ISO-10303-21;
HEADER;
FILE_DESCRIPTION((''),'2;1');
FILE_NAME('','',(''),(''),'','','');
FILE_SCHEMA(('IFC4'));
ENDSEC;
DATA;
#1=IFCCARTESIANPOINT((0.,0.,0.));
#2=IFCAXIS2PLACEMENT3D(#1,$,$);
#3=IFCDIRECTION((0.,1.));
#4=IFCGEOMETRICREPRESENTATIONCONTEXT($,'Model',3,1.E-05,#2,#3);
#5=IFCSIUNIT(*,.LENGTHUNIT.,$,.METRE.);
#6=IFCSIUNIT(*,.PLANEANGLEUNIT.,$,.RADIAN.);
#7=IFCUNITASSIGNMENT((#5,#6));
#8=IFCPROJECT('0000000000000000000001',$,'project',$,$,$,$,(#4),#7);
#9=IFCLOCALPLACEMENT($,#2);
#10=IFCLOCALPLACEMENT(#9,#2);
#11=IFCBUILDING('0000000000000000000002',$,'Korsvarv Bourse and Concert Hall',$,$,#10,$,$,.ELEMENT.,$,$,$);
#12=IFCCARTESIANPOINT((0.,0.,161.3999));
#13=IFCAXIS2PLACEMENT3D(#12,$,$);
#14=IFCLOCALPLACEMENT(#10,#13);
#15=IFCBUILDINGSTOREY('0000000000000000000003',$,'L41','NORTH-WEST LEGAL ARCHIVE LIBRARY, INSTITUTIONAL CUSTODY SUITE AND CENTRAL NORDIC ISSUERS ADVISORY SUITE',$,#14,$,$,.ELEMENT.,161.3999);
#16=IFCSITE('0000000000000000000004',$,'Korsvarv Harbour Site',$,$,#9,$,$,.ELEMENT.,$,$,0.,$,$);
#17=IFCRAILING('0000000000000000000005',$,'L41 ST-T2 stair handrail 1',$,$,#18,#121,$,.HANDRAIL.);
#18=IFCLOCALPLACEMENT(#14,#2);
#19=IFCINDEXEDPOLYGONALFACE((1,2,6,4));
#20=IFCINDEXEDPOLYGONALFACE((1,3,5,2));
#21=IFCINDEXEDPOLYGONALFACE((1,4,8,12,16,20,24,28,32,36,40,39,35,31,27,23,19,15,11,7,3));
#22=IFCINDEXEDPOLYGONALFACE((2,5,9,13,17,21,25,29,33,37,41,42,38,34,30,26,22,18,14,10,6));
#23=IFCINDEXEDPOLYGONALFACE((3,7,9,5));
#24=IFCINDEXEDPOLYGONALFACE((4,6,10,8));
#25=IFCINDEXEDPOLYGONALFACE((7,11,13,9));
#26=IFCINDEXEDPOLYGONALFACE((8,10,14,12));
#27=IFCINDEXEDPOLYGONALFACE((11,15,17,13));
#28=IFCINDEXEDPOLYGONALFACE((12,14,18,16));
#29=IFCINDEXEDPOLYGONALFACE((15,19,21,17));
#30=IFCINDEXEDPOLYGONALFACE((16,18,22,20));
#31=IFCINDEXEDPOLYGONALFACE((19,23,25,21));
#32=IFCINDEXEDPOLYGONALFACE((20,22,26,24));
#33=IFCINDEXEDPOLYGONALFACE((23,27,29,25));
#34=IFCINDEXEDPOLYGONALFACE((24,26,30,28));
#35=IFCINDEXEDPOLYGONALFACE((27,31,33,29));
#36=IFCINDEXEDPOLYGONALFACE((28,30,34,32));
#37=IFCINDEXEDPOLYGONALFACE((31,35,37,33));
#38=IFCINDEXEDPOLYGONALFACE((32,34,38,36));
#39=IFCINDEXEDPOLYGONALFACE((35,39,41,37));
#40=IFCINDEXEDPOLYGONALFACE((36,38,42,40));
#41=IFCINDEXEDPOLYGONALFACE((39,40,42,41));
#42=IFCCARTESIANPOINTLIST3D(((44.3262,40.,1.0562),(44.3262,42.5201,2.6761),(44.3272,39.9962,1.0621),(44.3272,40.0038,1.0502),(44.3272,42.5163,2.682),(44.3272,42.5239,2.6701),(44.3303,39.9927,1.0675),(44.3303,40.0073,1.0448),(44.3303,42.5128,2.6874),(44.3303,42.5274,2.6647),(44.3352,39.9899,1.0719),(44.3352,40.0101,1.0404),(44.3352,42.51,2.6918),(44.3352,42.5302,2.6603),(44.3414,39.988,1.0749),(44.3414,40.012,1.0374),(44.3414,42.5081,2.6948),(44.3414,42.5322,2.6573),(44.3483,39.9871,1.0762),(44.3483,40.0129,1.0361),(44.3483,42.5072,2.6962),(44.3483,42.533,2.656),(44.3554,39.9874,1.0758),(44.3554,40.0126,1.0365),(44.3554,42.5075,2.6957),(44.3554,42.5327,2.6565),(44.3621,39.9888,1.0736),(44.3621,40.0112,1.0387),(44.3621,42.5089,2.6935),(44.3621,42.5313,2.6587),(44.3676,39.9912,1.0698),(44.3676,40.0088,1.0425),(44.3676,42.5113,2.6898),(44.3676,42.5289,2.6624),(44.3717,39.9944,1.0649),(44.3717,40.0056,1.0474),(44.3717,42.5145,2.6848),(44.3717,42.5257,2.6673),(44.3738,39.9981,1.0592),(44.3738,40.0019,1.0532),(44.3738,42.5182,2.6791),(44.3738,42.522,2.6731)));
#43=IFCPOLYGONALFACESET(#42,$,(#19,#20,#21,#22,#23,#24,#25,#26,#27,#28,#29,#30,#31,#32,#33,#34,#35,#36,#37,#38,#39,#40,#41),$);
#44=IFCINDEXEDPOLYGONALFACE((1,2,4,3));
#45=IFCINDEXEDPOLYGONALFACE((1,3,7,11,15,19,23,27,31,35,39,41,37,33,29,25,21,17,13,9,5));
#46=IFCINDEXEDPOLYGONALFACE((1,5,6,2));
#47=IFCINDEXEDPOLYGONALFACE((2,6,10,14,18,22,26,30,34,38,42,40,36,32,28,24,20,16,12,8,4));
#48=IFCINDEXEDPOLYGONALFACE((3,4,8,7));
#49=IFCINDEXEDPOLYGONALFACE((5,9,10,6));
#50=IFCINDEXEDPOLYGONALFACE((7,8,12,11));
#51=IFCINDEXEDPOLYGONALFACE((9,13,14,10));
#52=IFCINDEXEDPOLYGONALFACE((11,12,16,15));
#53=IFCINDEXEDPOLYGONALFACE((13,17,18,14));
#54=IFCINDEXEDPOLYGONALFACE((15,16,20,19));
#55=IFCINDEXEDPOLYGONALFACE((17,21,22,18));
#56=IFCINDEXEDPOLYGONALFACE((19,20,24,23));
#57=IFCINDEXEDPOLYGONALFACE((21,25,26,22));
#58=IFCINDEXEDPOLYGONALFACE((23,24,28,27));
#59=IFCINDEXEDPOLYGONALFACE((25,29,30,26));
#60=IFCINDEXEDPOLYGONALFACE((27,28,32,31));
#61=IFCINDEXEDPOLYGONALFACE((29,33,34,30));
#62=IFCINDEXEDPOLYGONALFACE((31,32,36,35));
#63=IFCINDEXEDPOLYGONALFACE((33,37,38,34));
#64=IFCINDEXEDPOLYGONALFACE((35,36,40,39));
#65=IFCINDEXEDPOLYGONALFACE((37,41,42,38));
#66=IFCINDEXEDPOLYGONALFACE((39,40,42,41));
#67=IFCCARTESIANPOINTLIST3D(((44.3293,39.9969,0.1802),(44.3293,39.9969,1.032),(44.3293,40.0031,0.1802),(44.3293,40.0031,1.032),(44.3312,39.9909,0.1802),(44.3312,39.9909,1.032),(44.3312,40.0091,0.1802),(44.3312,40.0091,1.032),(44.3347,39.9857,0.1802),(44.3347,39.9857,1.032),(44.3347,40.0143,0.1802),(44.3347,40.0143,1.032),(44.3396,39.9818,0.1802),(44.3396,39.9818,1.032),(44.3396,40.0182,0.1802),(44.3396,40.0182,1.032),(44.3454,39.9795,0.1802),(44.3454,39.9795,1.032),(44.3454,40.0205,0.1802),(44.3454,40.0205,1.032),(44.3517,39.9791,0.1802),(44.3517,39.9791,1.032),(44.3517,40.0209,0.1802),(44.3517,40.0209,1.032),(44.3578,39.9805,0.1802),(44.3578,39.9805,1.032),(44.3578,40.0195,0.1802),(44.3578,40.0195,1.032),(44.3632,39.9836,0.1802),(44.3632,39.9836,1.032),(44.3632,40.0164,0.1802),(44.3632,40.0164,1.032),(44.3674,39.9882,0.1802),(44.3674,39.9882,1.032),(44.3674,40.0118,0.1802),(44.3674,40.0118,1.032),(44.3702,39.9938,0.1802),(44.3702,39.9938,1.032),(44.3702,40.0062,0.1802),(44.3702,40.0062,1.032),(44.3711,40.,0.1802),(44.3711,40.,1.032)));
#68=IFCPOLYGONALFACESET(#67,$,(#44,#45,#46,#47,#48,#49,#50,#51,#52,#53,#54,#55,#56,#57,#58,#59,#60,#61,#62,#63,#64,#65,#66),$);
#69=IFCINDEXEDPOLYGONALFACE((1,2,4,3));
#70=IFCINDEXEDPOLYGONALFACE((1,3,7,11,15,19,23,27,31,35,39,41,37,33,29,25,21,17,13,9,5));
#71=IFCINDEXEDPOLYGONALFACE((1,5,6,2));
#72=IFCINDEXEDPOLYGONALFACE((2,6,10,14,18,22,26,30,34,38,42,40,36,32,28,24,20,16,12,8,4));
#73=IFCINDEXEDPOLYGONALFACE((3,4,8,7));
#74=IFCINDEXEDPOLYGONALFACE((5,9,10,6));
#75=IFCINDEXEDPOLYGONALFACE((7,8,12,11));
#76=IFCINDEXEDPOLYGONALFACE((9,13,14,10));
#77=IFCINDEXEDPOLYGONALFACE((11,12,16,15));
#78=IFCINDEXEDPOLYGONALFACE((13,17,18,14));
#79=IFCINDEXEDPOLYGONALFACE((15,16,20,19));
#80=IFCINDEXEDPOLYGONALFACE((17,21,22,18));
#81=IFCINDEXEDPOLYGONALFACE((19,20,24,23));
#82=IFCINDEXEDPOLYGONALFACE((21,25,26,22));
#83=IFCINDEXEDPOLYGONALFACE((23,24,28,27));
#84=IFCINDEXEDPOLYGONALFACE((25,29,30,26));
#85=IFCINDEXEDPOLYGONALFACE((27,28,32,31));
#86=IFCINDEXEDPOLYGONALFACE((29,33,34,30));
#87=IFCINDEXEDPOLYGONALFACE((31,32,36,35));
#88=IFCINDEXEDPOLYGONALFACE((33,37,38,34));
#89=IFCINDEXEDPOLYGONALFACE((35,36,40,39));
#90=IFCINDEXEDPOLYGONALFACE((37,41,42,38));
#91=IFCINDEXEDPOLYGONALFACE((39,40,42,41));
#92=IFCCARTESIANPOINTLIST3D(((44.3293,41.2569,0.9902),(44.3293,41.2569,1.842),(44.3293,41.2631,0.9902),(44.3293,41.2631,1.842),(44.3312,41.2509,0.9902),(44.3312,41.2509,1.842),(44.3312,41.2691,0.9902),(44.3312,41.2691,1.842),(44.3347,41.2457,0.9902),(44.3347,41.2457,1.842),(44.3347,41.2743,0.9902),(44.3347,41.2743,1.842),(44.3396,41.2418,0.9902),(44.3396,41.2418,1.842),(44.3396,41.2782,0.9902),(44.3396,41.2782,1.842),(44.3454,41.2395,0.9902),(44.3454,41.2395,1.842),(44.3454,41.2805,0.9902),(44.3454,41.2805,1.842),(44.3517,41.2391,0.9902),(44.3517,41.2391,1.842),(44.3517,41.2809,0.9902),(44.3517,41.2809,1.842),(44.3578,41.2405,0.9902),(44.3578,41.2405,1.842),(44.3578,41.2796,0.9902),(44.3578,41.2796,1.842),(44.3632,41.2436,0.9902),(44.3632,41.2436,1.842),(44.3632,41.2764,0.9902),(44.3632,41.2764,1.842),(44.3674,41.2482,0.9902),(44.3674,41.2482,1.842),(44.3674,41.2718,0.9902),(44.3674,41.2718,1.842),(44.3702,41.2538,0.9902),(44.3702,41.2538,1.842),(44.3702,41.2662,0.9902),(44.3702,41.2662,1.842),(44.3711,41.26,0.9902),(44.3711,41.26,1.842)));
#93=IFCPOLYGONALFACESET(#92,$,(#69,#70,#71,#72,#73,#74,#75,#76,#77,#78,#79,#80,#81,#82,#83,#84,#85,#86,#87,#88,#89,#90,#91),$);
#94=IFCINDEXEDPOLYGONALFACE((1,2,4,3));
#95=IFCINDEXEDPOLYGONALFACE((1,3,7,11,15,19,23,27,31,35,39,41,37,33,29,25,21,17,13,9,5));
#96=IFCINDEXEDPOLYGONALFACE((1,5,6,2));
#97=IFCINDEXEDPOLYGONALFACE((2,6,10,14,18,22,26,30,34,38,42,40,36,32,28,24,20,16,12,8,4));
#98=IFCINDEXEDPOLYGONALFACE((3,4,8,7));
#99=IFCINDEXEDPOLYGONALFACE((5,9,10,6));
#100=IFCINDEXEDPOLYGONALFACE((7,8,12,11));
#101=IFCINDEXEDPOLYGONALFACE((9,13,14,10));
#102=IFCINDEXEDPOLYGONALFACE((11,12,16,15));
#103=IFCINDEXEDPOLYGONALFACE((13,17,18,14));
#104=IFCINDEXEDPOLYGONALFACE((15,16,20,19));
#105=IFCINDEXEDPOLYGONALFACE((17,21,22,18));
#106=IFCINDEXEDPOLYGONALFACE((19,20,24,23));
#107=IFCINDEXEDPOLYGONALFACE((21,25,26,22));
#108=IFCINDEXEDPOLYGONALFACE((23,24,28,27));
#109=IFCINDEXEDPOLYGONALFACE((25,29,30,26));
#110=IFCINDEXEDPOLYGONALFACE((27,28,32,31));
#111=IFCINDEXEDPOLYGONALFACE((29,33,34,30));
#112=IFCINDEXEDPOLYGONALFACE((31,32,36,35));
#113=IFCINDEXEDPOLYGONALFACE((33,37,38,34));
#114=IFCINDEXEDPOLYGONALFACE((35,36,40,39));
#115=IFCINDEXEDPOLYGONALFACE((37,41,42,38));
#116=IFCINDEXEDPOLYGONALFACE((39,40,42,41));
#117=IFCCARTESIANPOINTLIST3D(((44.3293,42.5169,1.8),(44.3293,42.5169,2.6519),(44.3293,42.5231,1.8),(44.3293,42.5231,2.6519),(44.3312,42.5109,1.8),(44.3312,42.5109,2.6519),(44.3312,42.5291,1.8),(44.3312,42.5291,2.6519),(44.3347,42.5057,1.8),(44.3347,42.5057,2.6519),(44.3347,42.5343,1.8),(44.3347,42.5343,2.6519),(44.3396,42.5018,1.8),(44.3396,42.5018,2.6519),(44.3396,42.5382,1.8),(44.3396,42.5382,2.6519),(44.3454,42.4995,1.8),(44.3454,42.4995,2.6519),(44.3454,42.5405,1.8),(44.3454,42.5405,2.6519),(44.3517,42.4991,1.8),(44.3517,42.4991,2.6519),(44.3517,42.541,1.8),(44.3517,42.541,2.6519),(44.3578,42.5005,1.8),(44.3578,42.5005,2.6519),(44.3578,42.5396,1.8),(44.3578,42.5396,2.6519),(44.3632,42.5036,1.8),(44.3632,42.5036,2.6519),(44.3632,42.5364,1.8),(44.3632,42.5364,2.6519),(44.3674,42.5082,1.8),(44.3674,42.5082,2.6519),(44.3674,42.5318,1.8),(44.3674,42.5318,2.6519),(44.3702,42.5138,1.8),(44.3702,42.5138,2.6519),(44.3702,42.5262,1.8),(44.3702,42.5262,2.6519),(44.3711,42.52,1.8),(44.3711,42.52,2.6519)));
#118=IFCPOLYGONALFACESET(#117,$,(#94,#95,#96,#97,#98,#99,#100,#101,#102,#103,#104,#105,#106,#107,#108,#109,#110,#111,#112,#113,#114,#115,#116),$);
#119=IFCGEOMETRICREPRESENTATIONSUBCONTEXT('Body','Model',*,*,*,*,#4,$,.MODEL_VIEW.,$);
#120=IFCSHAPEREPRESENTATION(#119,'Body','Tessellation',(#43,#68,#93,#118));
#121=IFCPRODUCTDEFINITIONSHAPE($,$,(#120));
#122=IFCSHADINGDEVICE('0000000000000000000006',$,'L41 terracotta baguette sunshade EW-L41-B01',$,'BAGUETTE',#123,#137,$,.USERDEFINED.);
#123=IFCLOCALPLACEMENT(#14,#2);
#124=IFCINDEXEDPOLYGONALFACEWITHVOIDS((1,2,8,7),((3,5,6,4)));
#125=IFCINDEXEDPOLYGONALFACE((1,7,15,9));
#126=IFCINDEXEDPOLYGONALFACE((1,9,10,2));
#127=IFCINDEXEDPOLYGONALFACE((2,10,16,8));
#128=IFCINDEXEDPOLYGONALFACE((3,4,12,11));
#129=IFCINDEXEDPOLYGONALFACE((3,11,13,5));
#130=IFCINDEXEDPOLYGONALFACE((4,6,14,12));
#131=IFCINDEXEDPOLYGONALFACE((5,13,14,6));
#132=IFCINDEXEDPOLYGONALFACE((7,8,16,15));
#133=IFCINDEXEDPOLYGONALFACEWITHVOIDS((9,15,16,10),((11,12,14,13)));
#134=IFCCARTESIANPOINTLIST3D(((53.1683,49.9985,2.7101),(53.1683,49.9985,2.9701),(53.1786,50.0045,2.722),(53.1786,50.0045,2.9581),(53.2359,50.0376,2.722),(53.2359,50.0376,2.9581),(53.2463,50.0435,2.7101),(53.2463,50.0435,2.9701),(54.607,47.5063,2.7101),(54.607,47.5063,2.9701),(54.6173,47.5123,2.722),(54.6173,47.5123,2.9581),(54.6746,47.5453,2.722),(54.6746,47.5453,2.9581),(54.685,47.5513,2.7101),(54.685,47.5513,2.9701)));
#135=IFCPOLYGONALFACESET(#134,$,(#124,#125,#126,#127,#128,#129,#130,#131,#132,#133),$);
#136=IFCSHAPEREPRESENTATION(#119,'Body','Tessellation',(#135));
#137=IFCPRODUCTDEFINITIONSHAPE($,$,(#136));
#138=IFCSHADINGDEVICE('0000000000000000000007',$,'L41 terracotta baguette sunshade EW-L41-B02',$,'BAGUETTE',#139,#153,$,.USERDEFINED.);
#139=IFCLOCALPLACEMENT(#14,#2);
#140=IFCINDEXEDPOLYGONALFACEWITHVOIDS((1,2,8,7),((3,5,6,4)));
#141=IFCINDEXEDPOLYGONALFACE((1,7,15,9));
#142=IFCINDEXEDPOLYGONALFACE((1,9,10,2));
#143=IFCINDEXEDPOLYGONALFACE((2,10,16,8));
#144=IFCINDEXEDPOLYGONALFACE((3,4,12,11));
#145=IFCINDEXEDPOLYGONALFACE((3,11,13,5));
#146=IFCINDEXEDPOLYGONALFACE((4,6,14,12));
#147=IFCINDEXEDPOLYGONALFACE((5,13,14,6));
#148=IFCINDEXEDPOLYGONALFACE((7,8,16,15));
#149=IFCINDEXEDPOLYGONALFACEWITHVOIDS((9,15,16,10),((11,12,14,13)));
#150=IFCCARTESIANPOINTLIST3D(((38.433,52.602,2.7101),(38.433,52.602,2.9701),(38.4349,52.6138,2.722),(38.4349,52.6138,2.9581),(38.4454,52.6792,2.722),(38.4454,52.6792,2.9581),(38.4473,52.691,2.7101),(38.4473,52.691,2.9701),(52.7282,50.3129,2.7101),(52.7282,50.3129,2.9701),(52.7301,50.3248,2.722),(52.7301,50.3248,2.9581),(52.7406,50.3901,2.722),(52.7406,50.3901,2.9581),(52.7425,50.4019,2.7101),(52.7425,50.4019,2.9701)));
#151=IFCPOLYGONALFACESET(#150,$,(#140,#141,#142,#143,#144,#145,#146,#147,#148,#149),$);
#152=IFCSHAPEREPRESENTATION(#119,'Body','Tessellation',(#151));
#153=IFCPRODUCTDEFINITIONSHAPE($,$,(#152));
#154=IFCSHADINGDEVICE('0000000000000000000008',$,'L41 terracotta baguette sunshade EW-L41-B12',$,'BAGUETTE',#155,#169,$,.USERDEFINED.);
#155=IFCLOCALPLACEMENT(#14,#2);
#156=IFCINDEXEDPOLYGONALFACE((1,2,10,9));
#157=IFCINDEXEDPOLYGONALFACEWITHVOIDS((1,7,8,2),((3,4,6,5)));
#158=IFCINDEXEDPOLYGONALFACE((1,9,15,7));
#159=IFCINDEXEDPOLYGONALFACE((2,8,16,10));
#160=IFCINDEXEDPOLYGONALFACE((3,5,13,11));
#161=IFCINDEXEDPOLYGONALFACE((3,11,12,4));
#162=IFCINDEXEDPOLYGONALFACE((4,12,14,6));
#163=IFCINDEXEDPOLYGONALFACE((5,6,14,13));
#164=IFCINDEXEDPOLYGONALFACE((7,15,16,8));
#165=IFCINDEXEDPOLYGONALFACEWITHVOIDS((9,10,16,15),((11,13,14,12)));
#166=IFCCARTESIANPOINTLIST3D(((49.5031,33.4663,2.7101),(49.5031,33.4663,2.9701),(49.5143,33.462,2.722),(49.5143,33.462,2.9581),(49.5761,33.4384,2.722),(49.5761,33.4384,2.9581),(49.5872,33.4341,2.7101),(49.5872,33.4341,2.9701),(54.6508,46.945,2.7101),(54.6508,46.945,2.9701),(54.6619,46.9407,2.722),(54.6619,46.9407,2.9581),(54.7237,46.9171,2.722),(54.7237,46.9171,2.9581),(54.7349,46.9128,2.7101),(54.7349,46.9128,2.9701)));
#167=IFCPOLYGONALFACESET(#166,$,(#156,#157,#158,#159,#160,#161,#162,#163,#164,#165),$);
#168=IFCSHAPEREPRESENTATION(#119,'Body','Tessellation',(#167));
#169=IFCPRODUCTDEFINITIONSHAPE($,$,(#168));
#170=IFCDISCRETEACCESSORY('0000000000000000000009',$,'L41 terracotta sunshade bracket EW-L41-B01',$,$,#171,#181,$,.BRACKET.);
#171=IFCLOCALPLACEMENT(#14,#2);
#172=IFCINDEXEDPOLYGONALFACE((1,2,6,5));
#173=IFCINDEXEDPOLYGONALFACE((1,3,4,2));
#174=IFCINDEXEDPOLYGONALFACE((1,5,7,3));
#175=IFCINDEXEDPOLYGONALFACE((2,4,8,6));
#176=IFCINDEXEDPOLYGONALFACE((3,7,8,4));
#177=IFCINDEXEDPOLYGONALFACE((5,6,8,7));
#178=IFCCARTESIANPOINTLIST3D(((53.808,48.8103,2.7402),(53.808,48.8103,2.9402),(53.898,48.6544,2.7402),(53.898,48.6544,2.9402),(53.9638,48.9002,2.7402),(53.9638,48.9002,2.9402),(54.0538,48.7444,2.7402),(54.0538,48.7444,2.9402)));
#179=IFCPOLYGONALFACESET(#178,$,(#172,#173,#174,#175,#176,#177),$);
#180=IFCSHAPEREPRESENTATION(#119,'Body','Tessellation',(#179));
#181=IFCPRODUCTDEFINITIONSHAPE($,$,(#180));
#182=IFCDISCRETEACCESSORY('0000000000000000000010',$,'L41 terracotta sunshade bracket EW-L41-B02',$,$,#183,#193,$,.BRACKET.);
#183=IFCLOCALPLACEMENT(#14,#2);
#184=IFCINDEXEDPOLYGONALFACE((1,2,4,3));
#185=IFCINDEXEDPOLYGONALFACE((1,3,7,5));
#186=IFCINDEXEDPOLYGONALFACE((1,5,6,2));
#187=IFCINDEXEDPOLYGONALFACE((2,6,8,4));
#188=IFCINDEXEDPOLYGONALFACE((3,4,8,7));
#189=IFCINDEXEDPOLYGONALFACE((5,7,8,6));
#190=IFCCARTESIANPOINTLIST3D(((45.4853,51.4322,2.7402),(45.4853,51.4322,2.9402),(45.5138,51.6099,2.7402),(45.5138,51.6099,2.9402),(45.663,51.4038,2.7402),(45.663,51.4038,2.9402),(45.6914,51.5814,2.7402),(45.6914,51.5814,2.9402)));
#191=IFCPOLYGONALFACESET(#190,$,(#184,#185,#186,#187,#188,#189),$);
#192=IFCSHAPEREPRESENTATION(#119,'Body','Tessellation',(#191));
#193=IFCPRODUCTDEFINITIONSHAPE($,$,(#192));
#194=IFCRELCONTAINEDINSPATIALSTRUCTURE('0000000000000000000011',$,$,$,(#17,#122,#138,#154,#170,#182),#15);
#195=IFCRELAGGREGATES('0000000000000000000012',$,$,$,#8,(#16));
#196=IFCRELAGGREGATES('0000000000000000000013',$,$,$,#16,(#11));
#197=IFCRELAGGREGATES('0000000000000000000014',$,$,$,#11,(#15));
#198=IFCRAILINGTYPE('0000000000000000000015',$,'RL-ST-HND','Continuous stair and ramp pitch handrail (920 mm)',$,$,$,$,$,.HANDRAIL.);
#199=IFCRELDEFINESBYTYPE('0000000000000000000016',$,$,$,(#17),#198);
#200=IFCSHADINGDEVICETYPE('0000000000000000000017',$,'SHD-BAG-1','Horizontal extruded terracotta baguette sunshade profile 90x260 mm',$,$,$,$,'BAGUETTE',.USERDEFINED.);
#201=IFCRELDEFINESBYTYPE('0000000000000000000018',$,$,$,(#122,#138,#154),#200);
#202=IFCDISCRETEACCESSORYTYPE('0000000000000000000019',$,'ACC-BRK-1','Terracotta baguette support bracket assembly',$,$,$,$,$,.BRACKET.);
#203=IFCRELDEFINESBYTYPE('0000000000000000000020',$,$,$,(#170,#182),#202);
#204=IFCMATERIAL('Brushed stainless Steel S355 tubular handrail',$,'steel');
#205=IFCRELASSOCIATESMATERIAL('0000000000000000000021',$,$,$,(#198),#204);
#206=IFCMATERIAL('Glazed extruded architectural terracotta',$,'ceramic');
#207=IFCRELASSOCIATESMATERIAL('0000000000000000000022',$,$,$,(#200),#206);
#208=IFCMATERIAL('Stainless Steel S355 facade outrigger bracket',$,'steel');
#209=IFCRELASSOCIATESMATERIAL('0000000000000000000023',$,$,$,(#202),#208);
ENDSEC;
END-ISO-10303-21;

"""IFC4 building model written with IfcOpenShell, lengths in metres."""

from ifc_helpers import new_model, si_unit, direction, frame, origin, origin_2d, place, context, subcontext, project, spatial, rectangle, hollow_rectangle, circle, extrude, source, transform, mapped, material, material_profile, profile_set, type_object, element, save


model = new_model("IFC4")

# Units and contexts
model_context = context("Model", 3, precision=1e-05, world=origin(), true_north=direction((0.0, 1.0)))
body_context = subcontext(model_context, "Body", "Model", "MODEL_VIEW")
ifc_project = project(units=[si_unit("LENGTHUNIT", "METRE"), si_unit("PLANEANGLEUNIT", "RADIAN")], contexts=[model_context])

# Site, building, storey
site_placement = place(None, origin())
site = spatial("IfcSite", under=ifc_project, at=site_placement, Name="Korsvarv Harbour Site", CompositionType="ELEMENT", RefElevation=0.0)
building_placement = place(site_placement, origin())
building = spatial("IfcBuilding", under=site, at=building_placement, Name="Korsvarv Bourse and Concert Hall", CompositionType="ELEMENT")
storey_placement = place(building_placement, frame((0.0, 0.0, 161.3999)))
storey = spatial("IfcBuildingStorey", under=building, at=storey_placement, Name="L41", Description="NORTH-WEST LEGAL ARCHIVE LIBRARY, INSTITUTIONAL CUSTODY SUITE AND CENTRAL NORDIC ISSUERS ADVISORY SUITE", CompositionType="ELEMENT", Elevation=161.3999)

# Railing
ifc_material_1 = material(Name="Brushed stainless Steel S355 tubular handrail", Category="steel")
railing_type_1 = type_object("IfcRailingType", Name="RL-ST-HND", Description="Continuous stair and ramp pitch handrail (920 mm)", PredefinedType="HANDRAIL", material=ifc_material_1)
railing_1_placement = place(storey_placement, frame((44.3501, 40.0, 0.1802)))
element("IfcRailing", 1, at=railing_1_placement, inside=storey, type_object=railing_type_1, Name="L41 ST-T2 stair handrail 1", PredefinedType="HANDRAIL", context=body_context, shape_type="SweptSolid", body=[
    extrude(circle(Radius=0.0239, at=origin_2d()), frame((0.0, 0.0, 0.876), z_axis=(0.0, 0.8412, 0.540725), x_axis=(-1.0, 0.0, 0.0)), (0.0, 0.0, 1.0), 2.9958),
    extrude(circle(Radius=0.021, at=origin_2d()), origin(), (0.0, 0.0, 1.0), 0.8518),
    extrude(circle(Radius=0.021, at=origin_2d()), frame((0.0, 1.26, 0.8101)), (0.0, 0.0, 1.0), 0.8518),
    extrude(circle(Radius=0.021, at=origin_2d()), frame((0.0, 2.52, 1.6199)), (0.0, 0.0, 1.0), 0.8518),
])

# Shading devices
ifc_material_2 = material(Name="Glazed extruded architectural terracotta", Category="ceramic")
ifc_material_profile_1 = material_profile(ifc_material_2, hollow_rectangle(XDim=0.0901, YDim=0.26, WallThickness=0.012, at=origin_2d()), Name="TC-BAG 90x260")
ifc_profile_set_1 = profile_set([ifc_material_profile_1], Name="Glazed extruded architectural terracotta")
shading_device_type = type_object("IfcShadingDeviceType", Name="SHD-BAG-1", Description="Horizontal extruded terracotta baguette sunshade profile 90x260 mm", ElementType="BAGUETTE", PredefinedType="USERDEFINED", material=ifc_profile_set_1)
shared_shape_1 = source(origin(), body_context, "Body", "SweptSolid", [
    extrude(hollow_rectangle(XDim=0.0901, YDim=0.26, WallThickness=0.012, at=origin_2d()), origin(), (0.0, 0.0, 1.0), 2.8777),
])
shading_device_1_placement = place(storey_placement, frame((54.646, 47.5288, 2.8401), z_axis=(-0.499962, 0.866047, 0.0), x_axis=(-0.866047, -0.499962, 0.0)))
element("IfcShadingDevice", 2, at=shading_device_1_placement, inside=storey, type_object=shading_device_type, Name="L41 terracotta baguette sunshade EW-L41-B01", ObjectType="BAGUETTE", PredefinedType="USERDEFINED", context=body_context, shape_type="MappedRepresentation", body=[
    mapped(shared_shape_1, transform((0.0, 0.0, 0.0), scale=1.0)),
])
shared_shape_2 = source(origin(), body_context, "Body", "SweptSolid", [
    extrude(hollow_rectangle(XDim=0.0901, YDim=0.26, WallThickness=0.012, at=origin_2d()), origin(), (0.0, 0.0, 1.0), 14.4773),
])
shading_device_2_placement = place(storey_placement, frame((52.7354, 50.3574, 2.8401), z_axis=(-0.987421, 0.158114, 0.0), x_axis=(-0.158114, -0.987421, 0.0)))
element("IfcShadingDevice", 3, at=shading_device_2_placement, inside=storey, type_object=shading_device_type, Name="L41 terracotta baguette sunshade EW-L41-B02", ObjectType="BAGUETTE", PredefinedType="USERDEFINED", context=body_context, shape_type="MappedRepresentation", body=[
    mapped(shared_shape_2, transform((0.0, 0.0, 0.0), scale=1.0)),
])
shared_shape_3 = source(origin(), body_context, "Body", "SweptSolid", [
    extrude(hollow_rectangle(XDim=0.0901, YDim=0.26, WallThickness=0.012, at=origin_2d()), origin(), (0.0, 0.0, 1.0), 14.4282),
])
shading_device_3_placement = place(storey_placement, frame((49.5452, 33.4502, 2.8401), z_axis=(0.356778, 0.934189, 0.0), x_axis=(-0.934189, 0.356778, 0.0)))
element("IfcShadingDevice", 4, at=shading_device_3_placement, inside=storey, type_object=shading_device_type, Name="L41 terracotta baguette sunshade EW-L41-B12", ObjectType="BAGUETTE", PredefinedType="USERDEFINED", context=body_context, shape_type="MappedRepresentation", body=[
    mapped(shared_shape_3, transform((0.0, 0.0, 0.0), scale=1.0)),
])

# Discrete accessories
ifc_material_3 = material(Name="Stainless Steel S355 facade outrigger bracket", Category="steel")
discrete_accessory_type = type_object("IfcDiscreteAccessoryType", Name="ACC-BRK-1", Description="Terracotta baguette support bracket assembly", PredefinedType="BRACKET", material=ifc_material_3)
shared_shape_4 = source(origin(), body_context, "Body", "SweptSolid", [
    extrude(rectangle(XDim=0.1799, YDim=0.1799, at=origin_2d()), origin(), (0.0, 0.0, 1.0), 0.2),
])
for number, where, z_axis, x_axis, name in (
    (5, (53.9309, 48.7773, 2.7402), (0.0, 0.0, 1.0), (-0.5, 0.866025, 0.0), "L41 terracotta sunshade bracket EW-L41-B01"),
    (6, (45.5884, 51.5068, 2.7402), (0.0, 0.0, 1.0), (-0.987414, 0.158158, 0.0), "L41 terracotta sunshade bracket EW-L41-B02"),
):
    element("IfcDiscreteAccessory", number, at=place(storey_placement, frame(where, z_axis=z_axis, x_axis=x_axis)), inside=storey, type_object=discrete_accessory_type, Name=name, PredefinedType="BRACKET", context=body_context, shape_type="MappedRepresentation", body=[
        mapped(shared_shape_4, transform((0.0, 0.0, 0.0), scale=1.0)),
    ])

save(model, "model.ifc")
